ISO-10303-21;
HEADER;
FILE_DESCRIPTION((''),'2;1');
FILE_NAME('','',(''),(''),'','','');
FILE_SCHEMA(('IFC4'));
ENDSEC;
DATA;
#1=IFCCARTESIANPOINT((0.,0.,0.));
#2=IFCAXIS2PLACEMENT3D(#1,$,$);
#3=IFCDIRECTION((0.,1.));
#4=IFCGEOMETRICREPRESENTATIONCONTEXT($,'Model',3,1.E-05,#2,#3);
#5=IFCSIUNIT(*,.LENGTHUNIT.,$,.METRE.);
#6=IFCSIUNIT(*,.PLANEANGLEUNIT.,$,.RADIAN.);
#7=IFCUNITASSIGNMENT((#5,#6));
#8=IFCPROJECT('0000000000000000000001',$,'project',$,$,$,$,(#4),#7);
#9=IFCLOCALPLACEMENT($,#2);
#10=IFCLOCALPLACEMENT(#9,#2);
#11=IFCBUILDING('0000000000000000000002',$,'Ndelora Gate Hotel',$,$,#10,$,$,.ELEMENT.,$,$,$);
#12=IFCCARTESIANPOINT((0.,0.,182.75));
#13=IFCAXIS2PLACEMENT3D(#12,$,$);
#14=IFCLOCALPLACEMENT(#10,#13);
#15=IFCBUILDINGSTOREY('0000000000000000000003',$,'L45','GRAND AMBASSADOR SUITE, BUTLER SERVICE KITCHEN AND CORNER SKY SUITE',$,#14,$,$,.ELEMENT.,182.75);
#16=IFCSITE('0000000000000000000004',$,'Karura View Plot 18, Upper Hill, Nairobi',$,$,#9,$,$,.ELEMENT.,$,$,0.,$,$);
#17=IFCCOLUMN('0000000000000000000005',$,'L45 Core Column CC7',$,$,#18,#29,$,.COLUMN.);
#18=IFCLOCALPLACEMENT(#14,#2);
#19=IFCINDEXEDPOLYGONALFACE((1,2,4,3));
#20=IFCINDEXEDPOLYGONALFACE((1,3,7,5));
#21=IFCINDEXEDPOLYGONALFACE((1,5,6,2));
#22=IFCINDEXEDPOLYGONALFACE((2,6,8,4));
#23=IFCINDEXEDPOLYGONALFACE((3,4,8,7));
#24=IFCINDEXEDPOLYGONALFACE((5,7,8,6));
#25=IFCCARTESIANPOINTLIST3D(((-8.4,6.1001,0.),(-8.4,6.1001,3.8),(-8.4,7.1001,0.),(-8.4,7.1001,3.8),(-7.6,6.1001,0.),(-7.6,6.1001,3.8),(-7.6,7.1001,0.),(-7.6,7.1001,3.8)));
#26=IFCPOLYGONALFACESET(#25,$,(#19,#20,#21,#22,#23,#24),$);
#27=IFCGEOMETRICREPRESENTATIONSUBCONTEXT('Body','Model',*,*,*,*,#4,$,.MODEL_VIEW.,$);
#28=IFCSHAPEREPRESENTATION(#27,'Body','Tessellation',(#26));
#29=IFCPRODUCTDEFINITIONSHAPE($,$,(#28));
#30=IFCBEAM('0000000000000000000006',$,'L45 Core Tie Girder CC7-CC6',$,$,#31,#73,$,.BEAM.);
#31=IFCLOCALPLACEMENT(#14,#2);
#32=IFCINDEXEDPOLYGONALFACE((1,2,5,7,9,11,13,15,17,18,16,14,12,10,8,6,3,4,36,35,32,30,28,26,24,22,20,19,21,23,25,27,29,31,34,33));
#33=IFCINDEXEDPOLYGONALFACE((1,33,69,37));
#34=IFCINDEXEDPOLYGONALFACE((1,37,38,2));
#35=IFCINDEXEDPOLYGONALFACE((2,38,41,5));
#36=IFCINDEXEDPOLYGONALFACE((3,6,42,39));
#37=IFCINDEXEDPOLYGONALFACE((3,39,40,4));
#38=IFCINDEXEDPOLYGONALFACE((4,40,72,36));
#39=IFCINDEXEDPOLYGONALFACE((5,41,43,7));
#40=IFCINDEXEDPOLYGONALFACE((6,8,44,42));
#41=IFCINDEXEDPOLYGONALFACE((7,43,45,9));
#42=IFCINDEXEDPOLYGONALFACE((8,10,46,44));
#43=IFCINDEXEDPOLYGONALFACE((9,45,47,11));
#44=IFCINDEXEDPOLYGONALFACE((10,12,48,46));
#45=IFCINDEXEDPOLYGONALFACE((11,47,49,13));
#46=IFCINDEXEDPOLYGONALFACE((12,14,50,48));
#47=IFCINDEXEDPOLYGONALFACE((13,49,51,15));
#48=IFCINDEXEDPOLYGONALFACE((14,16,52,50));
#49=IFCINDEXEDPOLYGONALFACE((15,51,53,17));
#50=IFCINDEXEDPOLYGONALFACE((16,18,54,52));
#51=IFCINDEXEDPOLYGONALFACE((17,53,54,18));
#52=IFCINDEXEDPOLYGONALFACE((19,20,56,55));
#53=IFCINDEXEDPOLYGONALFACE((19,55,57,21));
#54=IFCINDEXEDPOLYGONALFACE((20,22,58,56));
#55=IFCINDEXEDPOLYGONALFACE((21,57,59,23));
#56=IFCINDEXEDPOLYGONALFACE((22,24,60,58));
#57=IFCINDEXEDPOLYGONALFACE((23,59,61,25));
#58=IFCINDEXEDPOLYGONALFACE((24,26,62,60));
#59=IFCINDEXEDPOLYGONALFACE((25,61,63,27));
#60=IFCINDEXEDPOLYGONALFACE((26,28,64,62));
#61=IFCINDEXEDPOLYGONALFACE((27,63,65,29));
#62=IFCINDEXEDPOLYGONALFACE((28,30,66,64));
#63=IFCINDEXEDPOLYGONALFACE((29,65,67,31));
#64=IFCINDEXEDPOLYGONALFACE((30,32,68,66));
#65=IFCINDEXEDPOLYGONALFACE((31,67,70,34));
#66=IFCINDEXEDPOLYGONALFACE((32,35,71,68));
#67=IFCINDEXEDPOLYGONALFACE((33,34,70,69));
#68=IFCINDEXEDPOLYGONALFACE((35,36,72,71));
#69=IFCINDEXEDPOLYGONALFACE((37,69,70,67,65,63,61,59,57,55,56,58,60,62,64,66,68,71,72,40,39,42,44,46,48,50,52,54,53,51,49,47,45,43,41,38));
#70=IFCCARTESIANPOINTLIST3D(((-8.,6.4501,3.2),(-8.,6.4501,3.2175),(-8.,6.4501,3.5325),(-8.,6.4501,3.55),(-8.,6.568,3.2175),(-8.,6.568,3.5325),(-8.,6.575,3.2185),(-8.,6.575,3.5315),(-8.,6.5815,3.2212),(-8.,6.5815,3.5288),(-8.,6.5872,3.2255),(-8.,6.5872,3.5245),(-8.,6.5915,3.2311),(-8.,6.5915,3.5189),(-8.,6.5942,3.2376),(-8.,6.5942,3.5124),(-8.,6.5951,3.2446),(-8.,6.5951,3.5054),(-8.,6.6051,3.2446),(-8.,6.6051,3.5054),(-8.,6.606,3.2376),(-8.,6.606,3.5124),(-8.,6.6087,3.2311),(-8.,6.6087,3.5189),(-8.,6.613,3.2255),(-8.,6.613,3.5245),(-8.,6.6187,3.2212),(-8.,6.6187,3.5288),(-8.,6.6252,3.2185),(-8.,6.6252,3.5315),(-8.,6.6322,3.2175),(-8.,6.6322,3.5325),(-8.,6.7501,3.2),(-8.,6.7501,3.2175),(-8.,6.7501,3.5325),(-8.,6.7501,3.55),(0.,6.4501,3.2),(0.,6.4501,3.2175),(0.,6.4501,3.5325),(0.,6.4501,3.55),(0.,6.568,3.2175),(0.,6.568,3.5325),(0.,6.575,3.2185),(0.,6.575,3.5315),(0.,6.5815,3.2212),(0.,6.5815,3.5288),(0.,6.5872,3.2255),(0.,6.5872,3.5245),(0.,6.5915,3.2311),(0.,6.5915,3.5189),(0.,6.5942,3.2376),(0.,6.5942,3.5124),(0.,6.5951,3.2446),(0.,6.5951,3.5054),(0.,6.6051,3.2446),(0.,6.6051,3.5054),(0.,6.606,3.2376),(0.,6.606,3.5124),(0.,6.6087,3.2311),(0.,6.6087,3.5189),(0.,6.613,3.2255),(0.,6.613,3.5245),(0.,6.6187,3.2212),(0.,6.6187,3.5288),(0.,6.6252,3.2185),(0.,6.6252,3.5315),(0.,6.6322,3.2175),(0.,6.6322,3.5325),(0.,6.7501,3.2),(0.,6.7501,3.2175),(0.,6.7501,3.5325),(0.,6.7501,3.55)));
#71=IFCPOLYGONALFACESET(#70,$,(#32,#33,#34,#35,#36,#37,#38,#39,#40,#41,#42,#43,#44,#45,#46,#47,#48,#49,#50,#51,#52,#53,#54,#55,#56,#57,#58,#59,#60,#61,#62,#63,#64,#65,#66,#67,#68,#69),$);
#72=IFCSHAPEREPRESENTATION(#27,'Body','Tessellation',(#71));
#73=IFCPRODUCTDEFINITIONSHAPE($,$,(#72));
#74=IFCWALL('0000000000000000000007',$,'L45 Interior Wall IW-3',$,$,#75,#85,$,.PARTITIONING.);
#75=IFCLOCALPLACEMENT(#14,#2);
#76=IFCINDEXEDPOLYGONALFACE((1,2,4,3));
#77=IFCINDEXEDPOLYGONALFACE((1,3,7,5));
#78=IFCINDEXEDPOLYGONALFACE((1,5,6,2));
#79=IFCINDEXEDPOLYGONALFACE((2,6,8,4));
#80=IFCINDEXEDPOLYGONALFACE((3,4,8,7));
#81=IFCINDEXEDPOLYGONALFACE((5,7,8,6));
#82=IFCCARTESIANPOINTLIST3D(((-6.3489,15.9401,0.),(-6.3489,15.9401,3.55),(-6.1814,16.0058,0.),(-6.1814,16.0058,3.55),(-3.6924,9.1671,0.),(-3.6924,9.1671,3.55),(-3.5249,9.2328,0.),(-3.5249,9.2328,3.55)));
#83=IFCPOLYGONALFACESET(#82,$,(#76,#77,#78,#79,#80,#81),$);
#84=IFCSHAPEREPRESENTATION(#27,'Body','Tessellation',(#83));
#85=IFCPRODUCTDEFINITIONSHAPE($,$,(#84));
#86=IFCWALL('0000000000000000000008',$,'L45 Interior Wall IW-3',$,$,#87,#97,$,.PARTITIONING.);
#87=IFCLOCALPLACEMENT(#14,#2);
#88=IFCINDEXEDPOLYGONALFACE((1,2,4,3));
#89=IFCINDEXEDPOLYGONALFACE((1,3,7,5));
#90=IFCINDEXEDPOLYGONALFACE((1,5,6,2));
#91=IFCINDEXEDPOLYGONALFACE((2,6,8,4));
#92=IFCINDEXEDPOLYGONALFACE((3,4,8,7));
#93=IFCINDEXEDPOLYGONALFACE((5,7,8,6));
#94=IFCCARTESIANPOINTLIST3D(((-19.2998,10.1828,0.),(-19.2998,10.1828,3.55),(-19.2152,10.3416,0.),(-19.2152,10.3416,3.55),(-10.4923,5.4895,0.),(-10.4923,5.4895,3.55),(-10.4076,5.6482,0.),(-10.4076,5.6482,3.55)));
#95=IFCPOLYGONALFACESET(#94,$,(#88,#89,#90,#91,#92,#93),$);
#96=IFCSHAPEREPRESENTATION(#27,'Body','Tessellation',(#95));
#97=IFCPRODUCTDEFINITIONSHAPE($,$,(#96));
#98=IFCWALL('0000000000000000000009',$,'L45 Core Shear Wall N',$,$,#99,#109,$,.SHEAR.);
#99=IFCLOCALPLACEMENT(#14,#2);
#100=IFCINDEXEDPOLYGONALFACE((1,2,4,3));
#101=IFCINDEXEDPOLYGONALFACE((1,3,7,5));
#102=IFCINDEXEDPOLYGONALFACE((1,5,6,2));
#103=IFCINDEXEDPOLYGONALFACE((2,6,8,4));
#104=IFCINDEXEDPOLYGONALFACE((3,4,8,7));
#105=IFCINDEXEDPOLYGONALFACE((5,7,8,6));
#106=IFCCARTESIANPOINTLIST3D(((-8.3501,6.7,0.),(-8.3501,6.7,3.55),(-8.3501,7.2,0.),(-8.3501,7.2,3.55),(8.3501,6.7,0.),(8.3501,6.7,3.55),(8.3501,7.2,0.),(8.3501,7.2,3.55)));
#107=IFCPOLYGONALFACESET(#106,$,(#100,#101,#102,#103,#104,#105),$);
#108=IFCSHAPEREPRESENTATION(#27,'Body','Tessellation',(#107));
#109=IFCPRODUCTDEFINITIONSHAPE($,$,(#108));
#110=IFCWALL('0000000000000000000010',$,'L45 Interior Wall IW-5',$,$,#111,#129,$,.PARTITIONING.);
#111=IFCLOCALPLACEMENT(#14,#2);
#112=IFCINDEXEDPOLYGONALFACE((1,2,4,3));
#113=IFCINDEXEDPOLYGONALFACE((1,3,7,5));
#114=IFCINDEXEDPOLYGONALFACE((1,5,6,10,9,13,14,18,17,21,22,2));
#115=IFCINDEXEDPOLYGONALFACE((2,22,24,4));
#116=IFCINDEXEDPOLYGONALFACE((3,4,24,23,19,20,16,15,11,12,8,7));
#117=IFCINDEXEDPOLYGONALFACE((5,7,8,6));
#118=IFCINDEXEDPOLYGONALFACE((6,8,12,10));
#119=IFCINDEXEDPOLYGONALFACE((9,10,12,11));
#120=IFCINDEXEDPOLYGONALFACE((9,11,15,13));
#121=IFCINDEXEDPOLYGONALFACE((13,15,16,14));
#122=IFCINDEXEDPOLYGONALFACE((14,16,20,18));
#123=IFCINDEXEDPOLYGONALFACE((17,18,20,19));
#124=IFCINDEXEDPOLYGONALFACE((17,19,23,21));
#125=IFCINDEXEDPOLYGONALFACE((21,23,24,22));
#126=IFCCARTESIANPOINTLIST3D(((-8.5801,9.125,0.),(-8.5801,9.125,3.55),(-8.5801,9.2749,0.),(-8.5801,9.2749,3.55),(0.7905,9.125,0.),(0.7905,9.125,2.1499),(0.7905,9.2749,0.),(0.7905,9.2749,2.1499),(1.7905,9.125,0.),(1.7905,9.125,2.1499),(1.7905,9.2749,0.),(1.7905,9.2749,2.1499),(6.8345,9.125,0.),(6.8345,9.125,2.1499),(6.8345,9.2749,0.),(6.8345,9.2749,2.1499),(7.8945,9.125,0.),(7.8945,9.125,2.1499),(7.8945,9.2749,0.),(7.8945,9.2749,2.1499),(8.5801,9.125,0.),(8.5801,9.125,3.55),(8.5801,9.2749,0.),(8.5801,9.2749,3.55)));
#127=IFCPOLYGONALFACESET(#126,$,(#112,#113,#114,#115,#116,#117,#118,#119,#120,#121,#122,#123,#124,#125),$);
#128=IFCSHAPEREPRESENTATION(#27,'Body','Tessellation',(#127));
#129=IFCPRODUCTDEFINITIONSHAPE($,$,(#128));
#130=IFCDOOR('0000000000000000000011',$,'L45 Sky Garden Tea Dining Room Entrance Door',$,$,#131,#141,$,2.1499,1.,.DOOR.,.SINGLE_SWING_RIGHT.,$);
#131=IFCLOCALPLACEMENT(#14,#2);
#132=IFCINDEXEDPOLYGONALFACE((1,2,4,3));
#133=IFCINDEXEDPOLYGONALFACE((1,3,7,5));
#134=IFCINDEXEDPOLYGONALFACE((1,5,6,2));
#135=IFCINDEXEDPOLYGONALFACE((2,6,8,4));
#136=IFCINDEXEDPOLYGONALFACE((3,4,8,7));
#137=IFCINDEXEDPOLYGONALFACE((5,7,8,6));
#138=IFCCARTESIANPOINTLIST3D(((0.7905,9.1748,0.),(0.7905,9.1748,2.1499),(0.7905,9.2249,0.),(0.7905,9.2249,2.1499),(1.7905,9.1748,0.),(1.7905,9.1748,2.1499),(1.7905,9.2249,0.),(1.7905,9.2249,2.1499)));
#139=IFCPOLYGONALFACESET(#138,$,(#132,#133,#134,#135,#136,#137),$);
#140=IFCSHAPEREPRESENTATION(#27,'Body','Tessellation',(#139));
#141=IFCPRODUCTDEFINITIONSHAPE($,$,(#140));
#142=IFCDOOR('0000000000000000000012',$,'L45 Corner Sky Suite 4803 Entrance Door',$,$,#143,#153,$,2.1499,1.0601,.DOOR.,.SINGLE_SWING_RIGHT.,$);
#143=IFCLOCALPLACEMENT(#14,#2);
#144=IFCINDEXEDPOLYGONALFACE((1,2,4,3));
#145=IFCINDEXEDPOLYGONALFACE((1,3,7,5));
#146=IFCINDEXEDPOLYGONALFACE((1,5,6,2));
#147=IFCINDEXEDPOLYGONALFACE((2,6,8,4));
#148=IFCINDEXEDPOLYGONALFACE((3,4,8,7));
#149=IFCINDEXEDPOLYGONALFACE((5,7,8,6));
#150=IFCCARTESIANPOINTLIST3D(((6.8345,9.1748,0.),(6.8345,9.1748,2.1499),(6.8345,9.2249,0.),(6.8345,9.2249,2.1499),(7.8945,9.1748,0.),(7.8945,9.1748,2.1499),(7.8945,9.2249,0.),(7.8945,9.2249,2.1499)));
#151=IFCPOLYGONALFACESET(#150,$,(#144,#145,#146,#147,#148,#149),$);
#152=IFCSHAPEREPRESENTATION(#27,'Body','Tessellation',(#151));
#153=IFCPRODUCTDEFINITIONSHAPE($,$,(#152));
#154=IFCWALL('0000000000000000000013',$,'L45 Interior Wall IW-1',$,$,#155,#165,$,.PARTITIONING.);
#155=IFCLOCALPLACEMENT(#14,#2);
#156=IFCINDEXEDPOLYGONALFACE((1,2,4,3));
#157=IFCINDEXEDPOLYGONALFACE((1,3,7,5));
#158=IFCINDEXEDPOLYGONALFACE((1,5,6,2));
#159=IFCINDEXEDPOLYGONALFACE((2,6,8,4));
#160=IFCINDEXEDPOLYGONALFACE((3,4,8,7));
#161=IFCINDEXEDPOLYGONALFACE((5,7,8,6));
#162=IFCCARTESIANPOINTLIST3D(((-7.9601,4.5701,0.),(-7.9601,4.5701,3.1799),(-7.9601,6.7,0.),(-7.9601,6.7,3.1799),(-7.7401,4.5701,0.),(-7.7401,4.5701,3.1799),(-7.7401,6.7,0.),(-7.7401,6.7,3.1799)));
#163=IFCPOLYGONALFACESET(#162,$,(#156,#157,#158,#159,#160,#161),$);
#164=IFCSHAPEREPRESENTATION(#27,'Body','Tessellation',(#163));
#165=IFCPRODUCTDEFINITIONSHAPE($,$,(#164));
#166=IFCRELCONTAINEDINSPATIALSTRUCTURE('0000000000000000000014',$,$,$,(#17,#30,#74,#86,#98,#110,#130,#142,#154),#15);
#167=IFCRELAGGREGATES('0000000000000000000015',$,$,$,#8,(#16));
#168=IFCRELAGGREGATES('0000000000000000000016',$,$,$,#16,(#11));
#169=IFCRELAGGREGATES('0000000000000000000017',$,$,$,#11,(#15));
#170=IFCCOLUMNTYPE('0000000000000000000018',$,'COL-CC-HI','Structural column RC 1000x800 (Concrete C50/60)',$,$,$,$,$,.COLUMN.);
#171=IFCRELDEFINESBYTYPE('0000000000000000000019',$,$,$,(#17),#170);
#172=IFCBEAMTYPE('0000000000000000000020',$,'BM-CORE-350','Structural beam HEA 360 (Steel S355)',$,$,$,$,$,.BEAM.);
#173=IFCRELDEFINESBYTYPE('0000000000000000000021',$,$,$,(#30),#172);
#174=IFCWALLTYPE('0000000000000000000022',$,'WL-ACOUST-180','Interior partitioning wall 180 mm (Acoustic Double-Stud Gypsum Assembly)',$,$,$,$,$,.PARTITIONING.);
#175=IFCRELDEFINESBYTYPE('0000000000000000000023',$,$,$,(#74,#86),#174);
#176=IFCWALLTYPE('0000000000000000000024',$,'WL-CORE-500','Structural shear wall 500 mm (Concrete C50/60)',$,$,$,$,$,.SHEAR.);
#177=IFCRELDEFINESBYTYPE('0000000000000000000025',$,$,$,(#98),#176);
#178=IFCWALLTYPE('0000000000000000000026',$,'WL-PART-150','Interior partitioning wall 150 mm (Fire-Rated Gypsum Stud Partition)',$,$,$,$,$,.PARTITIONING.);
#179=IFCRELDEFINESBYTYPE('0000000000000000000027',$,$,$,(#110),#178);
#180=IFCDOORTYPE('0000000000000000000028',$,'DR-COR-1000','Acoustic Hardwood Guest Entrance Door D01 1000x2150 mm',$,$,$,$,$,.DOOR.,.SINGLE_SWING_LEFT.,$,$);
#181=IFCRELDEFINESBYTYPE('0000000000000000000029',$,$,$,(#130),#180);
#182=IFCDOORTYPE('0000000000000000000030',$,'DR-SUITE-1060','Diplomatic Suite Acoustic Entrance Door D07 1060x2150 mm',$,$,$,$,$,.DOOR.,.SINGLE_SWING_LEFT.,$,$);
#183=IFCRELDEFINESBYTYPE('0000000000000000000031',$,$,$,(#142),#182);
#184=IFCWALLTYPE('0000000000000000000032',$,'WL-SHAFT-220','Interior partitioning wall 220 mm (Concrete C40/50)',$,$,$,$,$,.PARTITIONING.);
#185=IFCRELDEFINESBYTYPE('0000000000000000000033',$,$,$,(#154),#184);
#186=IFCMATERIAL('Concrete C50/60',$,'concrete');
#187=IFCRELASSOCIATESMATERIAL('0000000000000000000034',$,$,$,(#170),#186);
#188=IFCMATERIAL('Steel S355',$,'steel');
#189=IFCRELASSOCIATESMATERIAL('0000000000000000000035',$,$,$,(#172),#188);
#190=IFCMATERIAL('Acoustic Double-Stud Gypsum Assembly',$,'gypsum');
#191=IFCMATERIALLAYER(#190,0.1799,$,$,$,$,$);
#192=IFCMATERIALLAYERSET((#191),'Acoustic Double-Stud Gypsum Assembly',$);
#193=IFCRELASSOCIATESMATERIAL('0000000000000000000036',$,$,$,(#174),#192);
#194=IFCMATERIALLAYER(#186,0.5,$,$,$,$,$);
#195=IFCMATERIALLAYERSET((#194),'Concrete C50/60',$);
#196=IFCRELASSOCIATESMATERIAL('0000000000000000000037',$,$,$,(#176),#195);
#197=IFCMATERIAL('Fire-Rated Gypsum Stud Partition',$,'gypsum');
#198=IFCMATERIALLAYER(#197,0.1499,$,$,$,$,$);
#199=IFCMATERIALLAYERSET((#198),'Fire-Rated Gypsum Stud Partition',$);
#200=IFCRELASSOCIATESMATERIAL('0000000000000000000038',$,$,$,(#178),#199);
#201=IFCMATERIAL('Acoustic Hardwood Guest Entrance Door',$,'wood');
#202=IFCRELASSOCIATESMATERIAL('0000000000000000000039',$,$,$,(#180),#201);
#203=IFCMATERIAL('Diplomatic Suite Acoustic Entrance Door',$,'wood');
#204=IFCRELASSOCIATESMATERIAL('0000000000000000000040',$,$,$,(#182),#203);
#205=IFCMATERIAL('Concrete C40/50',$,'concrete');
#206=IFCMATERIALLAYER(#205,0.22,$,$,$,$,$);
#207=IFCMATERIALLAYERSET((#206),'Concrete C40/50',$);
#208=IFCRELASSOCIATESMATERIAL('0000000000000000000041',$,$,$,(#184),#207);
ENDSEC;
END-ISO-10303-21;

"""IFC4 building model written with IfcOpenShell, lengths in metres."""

from ifc_helpers import new_model, si_unit, direction, frame, frame_2d, origin, origin_2d, place, context, subcontext, project, spatial, rectangle, i_section, extrude, material, layer, layer_set, material_profile, profile_set, type_object, element, fill, save


model = new_model("IFC4")

# Units and contexts
model_context = context("Model", 3, precision=1e-05, world=origin(), true_north=direction((0.0, 1.0)))
body_context = subcontext(model_context, "Body", "Model", "MODEL_VIEW")
ifc_project = project(units=[si_unit("LENGTHUNIT", "METRE"), si_unit("PLANEANGLEUNIT", "RADIAN")], contexts=[model_context])

# Site, building, storey
site_placement = place(None, origin())
site = spatial("IfcSite", under=ifc_project, at=site_placement, Name="Karura View Plot 18, Upper Hill, Nairobi", CompositionType="ELEMENT", RefElevation=0.0)
building_placement = place(site_placement, origin())
building = spatial("IfcBuilding", under=site, at=building_placement, Name="Ndelora Gate Hotel", CompositionType="ELEMENT")
storey_placement = place(building_placement, frame((0.0, 0.0, 182.75)))
storey = spatial("IfcBuildingStorey", under=building, at=storey_placement, Name="L45", Description="GRAND AMBASSADOR SUITE, BUTLER SERVICE KITCHEN AND CORNER SKY SUITE", CompositionType="ELEMENT", Elevation=182.75)

# Column
ifc_material_1 = material(Name="Concrete C50/60", Category="concrete")
ifc_material_profile_1 = material_profile(ifc_material_1, rectangle(XDim=0.8, YDim=1.0, at=origin_2d()), Name="RC 1000x800")
ifc_profile_set_1 = profile_set([ifc_material_profile_1], Name="Concrete C50/60")
column_type = type_object("IfcColumnType", Name="COL-CC-HI", Description="Structural column RC 1000x800 (Concrete C50/60)", PredefinedType="COLUMN", material=ifc_profile_set_1)
column_placement = place(storey_placement, frame((-8.0, 6.6001, 0.0), z_axis=(0.0, 0.0, 1.0), x_axis=(1.0, 0.0, 0.0)))
element("IfcColumn", 1, at=column_placement, inside=storey, type_object=column_type, Name="L45 Core Column CC7", PredefinedType="COLUMN", context=body_context, shape_type="SweptSolid", body=[
    extrude(rectangle(XDim=0.8, YDim=1.0, at=origin_2d()), origin(), (0.0, 0.0, 1.0), 3.8),
])

# Beam
ifc_material_2 = material(Name="Steel S355", Category="steel")
ifc_material_profile_2 = material_profile(ifc_material_2, i_section(OverallWidth=0.3, OverallDepth=0.3501, WebThickness=0.01, FlangeThickness=0.0176, FilletRadius=0.0271, at=origin_2d()), Name="HEA 360")
ifc_profile_set_2 = profile_set([ifc_material_profile_2], Name="Steel S355")
beam_type = type_object("IfcBeamType", Name="BM-CORE-350", Description="Structural beam HEA 360 (Steel S355)", PredefinedType="BEAM", material=ifc_profile_set_2)
beam_placement = place(storey_placement, frame((-8.0, 6.6001, 3.375), z_axis=(1.0, 0.0, 0.0), x_axis=(0.0, 1.0, 0.0)))
element("IfcBeam", 2, at=beam_placement, inside=storey, type_object=beam_type, Name="L45 Core Tie Girder CC7-CC6", PredefinedType="BEAM", context=body_context, shape_type="SweptSolid", body=[
    extrude(i_section(OverallWidth=0.3, OverallDepth=0.3501, WebThickness=0.01, FlangeThickness=0.0176, FilletRadius=0.0271, at=origin_2d()), origin(), (0.0, 0.0, 1.0), 8.0),
])

# Walls
ifc_material_3 = material(Name="Acoustic Double-Stud Gypsum Assembly", Category="gypsum")
ifc_layer_1 = layer(ifc_material_3, 0.1799)
ifc_layer_set_1 = layer_set([ifc_layer_1], Name="Acoustic Double-Stud Gypsum Assembly")
wall_type_1 = type_object("IfcWallType", Name="WL-ACOUST-180", Description="Interior partitioning wall 180 mm (Acoustic Double-Stud Gypsum Assembly)", PredefinedType="PARTITIONING", material=ifc_layer_set_1)
wall_1_placement = place(storey_placement, frame((-3.6086, 9.2, 0.0), z_axis=(0.0, 0.0, 1.0), x_axis=(-0.365139, 0.930953, 0.0)))
element("IfcWall", 3, at=wall_1_placement, inside=storey, type_object=wall_type_1, Name="L45 Interior Wall IW-3", PredefinedType="PARTITIONING", context=body_context, shape_type="SweptSolid", body=[
    extrude(rectangle(XDim=7.2754, YDim=0.1799, at=frame_2d((3.6377, 0.0))), origin(), (0.0, 0.0, 1.0), 3.55),
])
wall_2_placement = place(storey_placement, frame((-10.45, 5.5688, 0.0), z_axis=(0.0, 0.0, 1.0), x_axis=(-0.882521, 0.470273, 0.0)))
element("IfcWall", 4, at=wall_2_placement, inside=storey, type_object=wall_type_1, Name="L45 Interior Wall IW-3", PredefinedType="PARTITIONING", context=body_context, shape_type="SweptSolid", body=[
    extrude(rectangle(XDim=9.98, YDim=0.1799, at=frame_2d((4.99, 0.0))), origin(), (0.0, 0.0, 1.0), 3.55),
])
ifc_layer_2 = layer(ifc_material_1, 0.5)
ifc_layer_set_2 = layer_set([ifc_layer_2], Name="Concrete C50/60")
wall_type_2 = type_object("IfcWallType", Name="WL-CORE-500", Description="Structural shear wall 500 mm (Concrete C50/60)", PredefinedType="SHEAR", material=ifc_layer_set_2)
wall_3_placement = place(storey_placement, frame((-8.3501, 6.95, 0.0), z_axis=(0.0, 0.0, 1.0), x_axis=(1.0, 0.0, 0.0)))
element("IfcWall", 5, at=wall_3_placement, inside=storey, type_object=wall_type_2, Name="L45 Core Shear Wall N", PredefinedType="SHEAR", context=body_context, shape_type="SweptSolid", body=[
    extrude(rectangle(XDim=16.7002, YDim=0.5, at=frame_2d((8.3501, 0.0))), origin(), (0.0, 0.0, 1.0), 3.55),
])

# Wall, openings, doors
ifc_material_4 = material(Name="Fire-Rated Gypsum Stud Partition", Category="gypsum")
ifc_layer_3 = layer(ifc_material_4, 0.1499)
ifc_layer_set_3 = layer_set([ifc_layer_3], Name="Fire-Rated Gypsum Stud Partition")
wall_type_3 = type_object("IfcWallType", Name="WL-PART-150", Description="Interior partitioning wall 150 mm (Fire-Rated Gypsum Stud Partition)", PredefinedType="PARTITIONING", material=ifc_layer_set_3)
wall_4_placement = place(storey_placement, frame((-8.5801, 9.2, 0.0), z_axis=(0.0, 0.0, 1.0), x_axis=(1.0, 0.0, 0.0)))
wall_4 = element("IfcWall", 6, at=wall_4_placement, inside=storey, type_object=wall_type_3, Name="L45 Interior Wall IW-5", PredefinedType="PARTITIONING", context=body_context, shape_type="SweptSolid", body=[
    extrude(rectangle(XDim=17.1602, YDim=0.1499, at=frame_2d((8.5801, 0.0))), origin(), (0.0, 0.0, 1.0), 3.55),
])
opening_1_placement = place(wall_4_placement, frame((9.3706, 0.0, 0.0)))
opening_1 = element("IfcOpeningElement", 7, at=opening_1_placement, cuts=wall_4, PredefinedType="OPENING", context=body_context, shape_type="SweptSolid", body=[
    extrude(rectangle(XDim=1.0, YDim=2.1499, at=frame_2d((0.5, 1.075))), frame((0.0, 0.085, 0.0), z_axis=(0.0, -1.0, 0.0), x_axis=(1.0, 0.0, 0.0)), (0.0, 0.0, 1.0), 0.1699),
])
opening_2_placement = place(wall_4_placement, frame((15.4146, 0.0, 0.0)))
opening_2 = element("IfcOpeningElement", 8, at=opening_2_placement, cuts=wall_4, PredefinedType="OPENING", context=body_context, shape_type="SweptSolid", body=[
    extrude(rectangle(XDim=1.0601, YDim=2.1499, at=frame_2d((0.53, 1.075))), frame((0.0, 0.085, 0.0), z_axis=(0.0, -1.0, 0.0), x_axis=(1.0, 0.0, 0.0)), (0.0, 0.0, 1.0), 0.1699),
])
ifc_material_5 = material(Name="Acoustic Hardwood Guest Entrance Door", Category="wood")
door_type_1 = type_object("IfcDoorType", Name="DR-COR-1000", Description="Acoustic Hardwood Guest Entrance Door D01 1000x2150 mm", OperationType="SINGLE_SWING_LEFT", PredefinedType="DOOR", material=ifc_material_5)
door_1_placement = place(opening_1_placement, origin())
door_1 = element("IfcDoor", 9, at=door_1_placement, inside=storey, type_object=door_type_1, Name="L45 Sky Garden Tea Dining Room Entrance Door", OperationType="SINGLE_SWING_RIGHT", OverallHeight=2.1499, OverallWidth=1.0, PredefinedType="DOOR", context=body_context, shape_type="SweptSolid", body=[
    extrude(rectangle(XDim=1.0, YDim=2.1499, at=frame_2d((0.5, 1.075))), frame((0.0, 0.0249, 0.0), z_axis=(0.0, -1.0, 0.0), x_axis=(1.0, 0.0, 0.0)), (0.0, 0.0, 1.0), 0.05),
])
fill(opening_1, door_1)
ifc_material_6 = material(Name="Diplomatic Suite Acoustic Entrance Door", Category="wood")
door_type_2 = type_object("IfcDoorType", Name="DR-SUITE-1060", Description="Diplomatic Suite Acoustic Entrance Door D07 1060x2150 mm", OperationType="SINGLE_SWING_LEFT", PredefinedType="DOOR", material=ifc_material_6)
door_2_placement = place(opening_2_placement, origin())
door_2 = element("IfcDoor", 10, at=door_2_placement, inside=storey, type_object=door_type_2, Name="L45 Corner Sky Suite 4803 Entrance Door", OperationType="SINGLE_SWING_RIGHT", OverallHeight=2.1499, OverallWidth=1.0601, PredefinedType="DOOR", context=body_context, shape_type="SweptSolid", body=[
    extrude(rectangle(XDim=1.0601, YDim=2.1499, at=frame_2d((0.53, 1.075))), frame((0.0, 0.0249, 0.0), z_axis=(0.0, -1.0, 0.0), x_axis=(1.0, 0.0, 0.0)), (0.0, 0.0, 1.0), 0.05),
])
fill(opening_2, door_2)

# Shared definitions
ifc_material_7 = material(Name="Concrete C40/50", Category="concrete")
ifc_layer_4 = layer(ifc_material_7, 0.22)
ifc_layer_set_4 = layer_set([ifc_layer_4], Name="Concrete C40/50")
wall_type_4 = type_object("IfcWallType", Name="WL-SHAFT-220", Description="Interior partitioning wall 220 mm (Concrete C40/50)", PredefinedType="PARTITIONING", material=ifc_layer_set_4)

# Wall
wall_5_placement = place(storey_placement, frame((-7.8501, 4.5701, 0.0), z_axis=(0.0, 0.0, 1.0), x_axis=(0.0, 1.0, 0.0)))
element("IfcWall", 11, at=wall_5_placement, inside=storey, type_object=wall_type_4, Name="L45 Interior Wall IW-1", PredefinedType="PARTITIONING", context=body_context, shape_type="SweptSolid", body=[
    extrude(rectangle(XDim=2.1299, YDim=0.22, at=frame_2d((1.0649, 0.0))), origin(), (0.0, 0.0, 1.0), 3.1799),
])

save(model, "model.ifc")
